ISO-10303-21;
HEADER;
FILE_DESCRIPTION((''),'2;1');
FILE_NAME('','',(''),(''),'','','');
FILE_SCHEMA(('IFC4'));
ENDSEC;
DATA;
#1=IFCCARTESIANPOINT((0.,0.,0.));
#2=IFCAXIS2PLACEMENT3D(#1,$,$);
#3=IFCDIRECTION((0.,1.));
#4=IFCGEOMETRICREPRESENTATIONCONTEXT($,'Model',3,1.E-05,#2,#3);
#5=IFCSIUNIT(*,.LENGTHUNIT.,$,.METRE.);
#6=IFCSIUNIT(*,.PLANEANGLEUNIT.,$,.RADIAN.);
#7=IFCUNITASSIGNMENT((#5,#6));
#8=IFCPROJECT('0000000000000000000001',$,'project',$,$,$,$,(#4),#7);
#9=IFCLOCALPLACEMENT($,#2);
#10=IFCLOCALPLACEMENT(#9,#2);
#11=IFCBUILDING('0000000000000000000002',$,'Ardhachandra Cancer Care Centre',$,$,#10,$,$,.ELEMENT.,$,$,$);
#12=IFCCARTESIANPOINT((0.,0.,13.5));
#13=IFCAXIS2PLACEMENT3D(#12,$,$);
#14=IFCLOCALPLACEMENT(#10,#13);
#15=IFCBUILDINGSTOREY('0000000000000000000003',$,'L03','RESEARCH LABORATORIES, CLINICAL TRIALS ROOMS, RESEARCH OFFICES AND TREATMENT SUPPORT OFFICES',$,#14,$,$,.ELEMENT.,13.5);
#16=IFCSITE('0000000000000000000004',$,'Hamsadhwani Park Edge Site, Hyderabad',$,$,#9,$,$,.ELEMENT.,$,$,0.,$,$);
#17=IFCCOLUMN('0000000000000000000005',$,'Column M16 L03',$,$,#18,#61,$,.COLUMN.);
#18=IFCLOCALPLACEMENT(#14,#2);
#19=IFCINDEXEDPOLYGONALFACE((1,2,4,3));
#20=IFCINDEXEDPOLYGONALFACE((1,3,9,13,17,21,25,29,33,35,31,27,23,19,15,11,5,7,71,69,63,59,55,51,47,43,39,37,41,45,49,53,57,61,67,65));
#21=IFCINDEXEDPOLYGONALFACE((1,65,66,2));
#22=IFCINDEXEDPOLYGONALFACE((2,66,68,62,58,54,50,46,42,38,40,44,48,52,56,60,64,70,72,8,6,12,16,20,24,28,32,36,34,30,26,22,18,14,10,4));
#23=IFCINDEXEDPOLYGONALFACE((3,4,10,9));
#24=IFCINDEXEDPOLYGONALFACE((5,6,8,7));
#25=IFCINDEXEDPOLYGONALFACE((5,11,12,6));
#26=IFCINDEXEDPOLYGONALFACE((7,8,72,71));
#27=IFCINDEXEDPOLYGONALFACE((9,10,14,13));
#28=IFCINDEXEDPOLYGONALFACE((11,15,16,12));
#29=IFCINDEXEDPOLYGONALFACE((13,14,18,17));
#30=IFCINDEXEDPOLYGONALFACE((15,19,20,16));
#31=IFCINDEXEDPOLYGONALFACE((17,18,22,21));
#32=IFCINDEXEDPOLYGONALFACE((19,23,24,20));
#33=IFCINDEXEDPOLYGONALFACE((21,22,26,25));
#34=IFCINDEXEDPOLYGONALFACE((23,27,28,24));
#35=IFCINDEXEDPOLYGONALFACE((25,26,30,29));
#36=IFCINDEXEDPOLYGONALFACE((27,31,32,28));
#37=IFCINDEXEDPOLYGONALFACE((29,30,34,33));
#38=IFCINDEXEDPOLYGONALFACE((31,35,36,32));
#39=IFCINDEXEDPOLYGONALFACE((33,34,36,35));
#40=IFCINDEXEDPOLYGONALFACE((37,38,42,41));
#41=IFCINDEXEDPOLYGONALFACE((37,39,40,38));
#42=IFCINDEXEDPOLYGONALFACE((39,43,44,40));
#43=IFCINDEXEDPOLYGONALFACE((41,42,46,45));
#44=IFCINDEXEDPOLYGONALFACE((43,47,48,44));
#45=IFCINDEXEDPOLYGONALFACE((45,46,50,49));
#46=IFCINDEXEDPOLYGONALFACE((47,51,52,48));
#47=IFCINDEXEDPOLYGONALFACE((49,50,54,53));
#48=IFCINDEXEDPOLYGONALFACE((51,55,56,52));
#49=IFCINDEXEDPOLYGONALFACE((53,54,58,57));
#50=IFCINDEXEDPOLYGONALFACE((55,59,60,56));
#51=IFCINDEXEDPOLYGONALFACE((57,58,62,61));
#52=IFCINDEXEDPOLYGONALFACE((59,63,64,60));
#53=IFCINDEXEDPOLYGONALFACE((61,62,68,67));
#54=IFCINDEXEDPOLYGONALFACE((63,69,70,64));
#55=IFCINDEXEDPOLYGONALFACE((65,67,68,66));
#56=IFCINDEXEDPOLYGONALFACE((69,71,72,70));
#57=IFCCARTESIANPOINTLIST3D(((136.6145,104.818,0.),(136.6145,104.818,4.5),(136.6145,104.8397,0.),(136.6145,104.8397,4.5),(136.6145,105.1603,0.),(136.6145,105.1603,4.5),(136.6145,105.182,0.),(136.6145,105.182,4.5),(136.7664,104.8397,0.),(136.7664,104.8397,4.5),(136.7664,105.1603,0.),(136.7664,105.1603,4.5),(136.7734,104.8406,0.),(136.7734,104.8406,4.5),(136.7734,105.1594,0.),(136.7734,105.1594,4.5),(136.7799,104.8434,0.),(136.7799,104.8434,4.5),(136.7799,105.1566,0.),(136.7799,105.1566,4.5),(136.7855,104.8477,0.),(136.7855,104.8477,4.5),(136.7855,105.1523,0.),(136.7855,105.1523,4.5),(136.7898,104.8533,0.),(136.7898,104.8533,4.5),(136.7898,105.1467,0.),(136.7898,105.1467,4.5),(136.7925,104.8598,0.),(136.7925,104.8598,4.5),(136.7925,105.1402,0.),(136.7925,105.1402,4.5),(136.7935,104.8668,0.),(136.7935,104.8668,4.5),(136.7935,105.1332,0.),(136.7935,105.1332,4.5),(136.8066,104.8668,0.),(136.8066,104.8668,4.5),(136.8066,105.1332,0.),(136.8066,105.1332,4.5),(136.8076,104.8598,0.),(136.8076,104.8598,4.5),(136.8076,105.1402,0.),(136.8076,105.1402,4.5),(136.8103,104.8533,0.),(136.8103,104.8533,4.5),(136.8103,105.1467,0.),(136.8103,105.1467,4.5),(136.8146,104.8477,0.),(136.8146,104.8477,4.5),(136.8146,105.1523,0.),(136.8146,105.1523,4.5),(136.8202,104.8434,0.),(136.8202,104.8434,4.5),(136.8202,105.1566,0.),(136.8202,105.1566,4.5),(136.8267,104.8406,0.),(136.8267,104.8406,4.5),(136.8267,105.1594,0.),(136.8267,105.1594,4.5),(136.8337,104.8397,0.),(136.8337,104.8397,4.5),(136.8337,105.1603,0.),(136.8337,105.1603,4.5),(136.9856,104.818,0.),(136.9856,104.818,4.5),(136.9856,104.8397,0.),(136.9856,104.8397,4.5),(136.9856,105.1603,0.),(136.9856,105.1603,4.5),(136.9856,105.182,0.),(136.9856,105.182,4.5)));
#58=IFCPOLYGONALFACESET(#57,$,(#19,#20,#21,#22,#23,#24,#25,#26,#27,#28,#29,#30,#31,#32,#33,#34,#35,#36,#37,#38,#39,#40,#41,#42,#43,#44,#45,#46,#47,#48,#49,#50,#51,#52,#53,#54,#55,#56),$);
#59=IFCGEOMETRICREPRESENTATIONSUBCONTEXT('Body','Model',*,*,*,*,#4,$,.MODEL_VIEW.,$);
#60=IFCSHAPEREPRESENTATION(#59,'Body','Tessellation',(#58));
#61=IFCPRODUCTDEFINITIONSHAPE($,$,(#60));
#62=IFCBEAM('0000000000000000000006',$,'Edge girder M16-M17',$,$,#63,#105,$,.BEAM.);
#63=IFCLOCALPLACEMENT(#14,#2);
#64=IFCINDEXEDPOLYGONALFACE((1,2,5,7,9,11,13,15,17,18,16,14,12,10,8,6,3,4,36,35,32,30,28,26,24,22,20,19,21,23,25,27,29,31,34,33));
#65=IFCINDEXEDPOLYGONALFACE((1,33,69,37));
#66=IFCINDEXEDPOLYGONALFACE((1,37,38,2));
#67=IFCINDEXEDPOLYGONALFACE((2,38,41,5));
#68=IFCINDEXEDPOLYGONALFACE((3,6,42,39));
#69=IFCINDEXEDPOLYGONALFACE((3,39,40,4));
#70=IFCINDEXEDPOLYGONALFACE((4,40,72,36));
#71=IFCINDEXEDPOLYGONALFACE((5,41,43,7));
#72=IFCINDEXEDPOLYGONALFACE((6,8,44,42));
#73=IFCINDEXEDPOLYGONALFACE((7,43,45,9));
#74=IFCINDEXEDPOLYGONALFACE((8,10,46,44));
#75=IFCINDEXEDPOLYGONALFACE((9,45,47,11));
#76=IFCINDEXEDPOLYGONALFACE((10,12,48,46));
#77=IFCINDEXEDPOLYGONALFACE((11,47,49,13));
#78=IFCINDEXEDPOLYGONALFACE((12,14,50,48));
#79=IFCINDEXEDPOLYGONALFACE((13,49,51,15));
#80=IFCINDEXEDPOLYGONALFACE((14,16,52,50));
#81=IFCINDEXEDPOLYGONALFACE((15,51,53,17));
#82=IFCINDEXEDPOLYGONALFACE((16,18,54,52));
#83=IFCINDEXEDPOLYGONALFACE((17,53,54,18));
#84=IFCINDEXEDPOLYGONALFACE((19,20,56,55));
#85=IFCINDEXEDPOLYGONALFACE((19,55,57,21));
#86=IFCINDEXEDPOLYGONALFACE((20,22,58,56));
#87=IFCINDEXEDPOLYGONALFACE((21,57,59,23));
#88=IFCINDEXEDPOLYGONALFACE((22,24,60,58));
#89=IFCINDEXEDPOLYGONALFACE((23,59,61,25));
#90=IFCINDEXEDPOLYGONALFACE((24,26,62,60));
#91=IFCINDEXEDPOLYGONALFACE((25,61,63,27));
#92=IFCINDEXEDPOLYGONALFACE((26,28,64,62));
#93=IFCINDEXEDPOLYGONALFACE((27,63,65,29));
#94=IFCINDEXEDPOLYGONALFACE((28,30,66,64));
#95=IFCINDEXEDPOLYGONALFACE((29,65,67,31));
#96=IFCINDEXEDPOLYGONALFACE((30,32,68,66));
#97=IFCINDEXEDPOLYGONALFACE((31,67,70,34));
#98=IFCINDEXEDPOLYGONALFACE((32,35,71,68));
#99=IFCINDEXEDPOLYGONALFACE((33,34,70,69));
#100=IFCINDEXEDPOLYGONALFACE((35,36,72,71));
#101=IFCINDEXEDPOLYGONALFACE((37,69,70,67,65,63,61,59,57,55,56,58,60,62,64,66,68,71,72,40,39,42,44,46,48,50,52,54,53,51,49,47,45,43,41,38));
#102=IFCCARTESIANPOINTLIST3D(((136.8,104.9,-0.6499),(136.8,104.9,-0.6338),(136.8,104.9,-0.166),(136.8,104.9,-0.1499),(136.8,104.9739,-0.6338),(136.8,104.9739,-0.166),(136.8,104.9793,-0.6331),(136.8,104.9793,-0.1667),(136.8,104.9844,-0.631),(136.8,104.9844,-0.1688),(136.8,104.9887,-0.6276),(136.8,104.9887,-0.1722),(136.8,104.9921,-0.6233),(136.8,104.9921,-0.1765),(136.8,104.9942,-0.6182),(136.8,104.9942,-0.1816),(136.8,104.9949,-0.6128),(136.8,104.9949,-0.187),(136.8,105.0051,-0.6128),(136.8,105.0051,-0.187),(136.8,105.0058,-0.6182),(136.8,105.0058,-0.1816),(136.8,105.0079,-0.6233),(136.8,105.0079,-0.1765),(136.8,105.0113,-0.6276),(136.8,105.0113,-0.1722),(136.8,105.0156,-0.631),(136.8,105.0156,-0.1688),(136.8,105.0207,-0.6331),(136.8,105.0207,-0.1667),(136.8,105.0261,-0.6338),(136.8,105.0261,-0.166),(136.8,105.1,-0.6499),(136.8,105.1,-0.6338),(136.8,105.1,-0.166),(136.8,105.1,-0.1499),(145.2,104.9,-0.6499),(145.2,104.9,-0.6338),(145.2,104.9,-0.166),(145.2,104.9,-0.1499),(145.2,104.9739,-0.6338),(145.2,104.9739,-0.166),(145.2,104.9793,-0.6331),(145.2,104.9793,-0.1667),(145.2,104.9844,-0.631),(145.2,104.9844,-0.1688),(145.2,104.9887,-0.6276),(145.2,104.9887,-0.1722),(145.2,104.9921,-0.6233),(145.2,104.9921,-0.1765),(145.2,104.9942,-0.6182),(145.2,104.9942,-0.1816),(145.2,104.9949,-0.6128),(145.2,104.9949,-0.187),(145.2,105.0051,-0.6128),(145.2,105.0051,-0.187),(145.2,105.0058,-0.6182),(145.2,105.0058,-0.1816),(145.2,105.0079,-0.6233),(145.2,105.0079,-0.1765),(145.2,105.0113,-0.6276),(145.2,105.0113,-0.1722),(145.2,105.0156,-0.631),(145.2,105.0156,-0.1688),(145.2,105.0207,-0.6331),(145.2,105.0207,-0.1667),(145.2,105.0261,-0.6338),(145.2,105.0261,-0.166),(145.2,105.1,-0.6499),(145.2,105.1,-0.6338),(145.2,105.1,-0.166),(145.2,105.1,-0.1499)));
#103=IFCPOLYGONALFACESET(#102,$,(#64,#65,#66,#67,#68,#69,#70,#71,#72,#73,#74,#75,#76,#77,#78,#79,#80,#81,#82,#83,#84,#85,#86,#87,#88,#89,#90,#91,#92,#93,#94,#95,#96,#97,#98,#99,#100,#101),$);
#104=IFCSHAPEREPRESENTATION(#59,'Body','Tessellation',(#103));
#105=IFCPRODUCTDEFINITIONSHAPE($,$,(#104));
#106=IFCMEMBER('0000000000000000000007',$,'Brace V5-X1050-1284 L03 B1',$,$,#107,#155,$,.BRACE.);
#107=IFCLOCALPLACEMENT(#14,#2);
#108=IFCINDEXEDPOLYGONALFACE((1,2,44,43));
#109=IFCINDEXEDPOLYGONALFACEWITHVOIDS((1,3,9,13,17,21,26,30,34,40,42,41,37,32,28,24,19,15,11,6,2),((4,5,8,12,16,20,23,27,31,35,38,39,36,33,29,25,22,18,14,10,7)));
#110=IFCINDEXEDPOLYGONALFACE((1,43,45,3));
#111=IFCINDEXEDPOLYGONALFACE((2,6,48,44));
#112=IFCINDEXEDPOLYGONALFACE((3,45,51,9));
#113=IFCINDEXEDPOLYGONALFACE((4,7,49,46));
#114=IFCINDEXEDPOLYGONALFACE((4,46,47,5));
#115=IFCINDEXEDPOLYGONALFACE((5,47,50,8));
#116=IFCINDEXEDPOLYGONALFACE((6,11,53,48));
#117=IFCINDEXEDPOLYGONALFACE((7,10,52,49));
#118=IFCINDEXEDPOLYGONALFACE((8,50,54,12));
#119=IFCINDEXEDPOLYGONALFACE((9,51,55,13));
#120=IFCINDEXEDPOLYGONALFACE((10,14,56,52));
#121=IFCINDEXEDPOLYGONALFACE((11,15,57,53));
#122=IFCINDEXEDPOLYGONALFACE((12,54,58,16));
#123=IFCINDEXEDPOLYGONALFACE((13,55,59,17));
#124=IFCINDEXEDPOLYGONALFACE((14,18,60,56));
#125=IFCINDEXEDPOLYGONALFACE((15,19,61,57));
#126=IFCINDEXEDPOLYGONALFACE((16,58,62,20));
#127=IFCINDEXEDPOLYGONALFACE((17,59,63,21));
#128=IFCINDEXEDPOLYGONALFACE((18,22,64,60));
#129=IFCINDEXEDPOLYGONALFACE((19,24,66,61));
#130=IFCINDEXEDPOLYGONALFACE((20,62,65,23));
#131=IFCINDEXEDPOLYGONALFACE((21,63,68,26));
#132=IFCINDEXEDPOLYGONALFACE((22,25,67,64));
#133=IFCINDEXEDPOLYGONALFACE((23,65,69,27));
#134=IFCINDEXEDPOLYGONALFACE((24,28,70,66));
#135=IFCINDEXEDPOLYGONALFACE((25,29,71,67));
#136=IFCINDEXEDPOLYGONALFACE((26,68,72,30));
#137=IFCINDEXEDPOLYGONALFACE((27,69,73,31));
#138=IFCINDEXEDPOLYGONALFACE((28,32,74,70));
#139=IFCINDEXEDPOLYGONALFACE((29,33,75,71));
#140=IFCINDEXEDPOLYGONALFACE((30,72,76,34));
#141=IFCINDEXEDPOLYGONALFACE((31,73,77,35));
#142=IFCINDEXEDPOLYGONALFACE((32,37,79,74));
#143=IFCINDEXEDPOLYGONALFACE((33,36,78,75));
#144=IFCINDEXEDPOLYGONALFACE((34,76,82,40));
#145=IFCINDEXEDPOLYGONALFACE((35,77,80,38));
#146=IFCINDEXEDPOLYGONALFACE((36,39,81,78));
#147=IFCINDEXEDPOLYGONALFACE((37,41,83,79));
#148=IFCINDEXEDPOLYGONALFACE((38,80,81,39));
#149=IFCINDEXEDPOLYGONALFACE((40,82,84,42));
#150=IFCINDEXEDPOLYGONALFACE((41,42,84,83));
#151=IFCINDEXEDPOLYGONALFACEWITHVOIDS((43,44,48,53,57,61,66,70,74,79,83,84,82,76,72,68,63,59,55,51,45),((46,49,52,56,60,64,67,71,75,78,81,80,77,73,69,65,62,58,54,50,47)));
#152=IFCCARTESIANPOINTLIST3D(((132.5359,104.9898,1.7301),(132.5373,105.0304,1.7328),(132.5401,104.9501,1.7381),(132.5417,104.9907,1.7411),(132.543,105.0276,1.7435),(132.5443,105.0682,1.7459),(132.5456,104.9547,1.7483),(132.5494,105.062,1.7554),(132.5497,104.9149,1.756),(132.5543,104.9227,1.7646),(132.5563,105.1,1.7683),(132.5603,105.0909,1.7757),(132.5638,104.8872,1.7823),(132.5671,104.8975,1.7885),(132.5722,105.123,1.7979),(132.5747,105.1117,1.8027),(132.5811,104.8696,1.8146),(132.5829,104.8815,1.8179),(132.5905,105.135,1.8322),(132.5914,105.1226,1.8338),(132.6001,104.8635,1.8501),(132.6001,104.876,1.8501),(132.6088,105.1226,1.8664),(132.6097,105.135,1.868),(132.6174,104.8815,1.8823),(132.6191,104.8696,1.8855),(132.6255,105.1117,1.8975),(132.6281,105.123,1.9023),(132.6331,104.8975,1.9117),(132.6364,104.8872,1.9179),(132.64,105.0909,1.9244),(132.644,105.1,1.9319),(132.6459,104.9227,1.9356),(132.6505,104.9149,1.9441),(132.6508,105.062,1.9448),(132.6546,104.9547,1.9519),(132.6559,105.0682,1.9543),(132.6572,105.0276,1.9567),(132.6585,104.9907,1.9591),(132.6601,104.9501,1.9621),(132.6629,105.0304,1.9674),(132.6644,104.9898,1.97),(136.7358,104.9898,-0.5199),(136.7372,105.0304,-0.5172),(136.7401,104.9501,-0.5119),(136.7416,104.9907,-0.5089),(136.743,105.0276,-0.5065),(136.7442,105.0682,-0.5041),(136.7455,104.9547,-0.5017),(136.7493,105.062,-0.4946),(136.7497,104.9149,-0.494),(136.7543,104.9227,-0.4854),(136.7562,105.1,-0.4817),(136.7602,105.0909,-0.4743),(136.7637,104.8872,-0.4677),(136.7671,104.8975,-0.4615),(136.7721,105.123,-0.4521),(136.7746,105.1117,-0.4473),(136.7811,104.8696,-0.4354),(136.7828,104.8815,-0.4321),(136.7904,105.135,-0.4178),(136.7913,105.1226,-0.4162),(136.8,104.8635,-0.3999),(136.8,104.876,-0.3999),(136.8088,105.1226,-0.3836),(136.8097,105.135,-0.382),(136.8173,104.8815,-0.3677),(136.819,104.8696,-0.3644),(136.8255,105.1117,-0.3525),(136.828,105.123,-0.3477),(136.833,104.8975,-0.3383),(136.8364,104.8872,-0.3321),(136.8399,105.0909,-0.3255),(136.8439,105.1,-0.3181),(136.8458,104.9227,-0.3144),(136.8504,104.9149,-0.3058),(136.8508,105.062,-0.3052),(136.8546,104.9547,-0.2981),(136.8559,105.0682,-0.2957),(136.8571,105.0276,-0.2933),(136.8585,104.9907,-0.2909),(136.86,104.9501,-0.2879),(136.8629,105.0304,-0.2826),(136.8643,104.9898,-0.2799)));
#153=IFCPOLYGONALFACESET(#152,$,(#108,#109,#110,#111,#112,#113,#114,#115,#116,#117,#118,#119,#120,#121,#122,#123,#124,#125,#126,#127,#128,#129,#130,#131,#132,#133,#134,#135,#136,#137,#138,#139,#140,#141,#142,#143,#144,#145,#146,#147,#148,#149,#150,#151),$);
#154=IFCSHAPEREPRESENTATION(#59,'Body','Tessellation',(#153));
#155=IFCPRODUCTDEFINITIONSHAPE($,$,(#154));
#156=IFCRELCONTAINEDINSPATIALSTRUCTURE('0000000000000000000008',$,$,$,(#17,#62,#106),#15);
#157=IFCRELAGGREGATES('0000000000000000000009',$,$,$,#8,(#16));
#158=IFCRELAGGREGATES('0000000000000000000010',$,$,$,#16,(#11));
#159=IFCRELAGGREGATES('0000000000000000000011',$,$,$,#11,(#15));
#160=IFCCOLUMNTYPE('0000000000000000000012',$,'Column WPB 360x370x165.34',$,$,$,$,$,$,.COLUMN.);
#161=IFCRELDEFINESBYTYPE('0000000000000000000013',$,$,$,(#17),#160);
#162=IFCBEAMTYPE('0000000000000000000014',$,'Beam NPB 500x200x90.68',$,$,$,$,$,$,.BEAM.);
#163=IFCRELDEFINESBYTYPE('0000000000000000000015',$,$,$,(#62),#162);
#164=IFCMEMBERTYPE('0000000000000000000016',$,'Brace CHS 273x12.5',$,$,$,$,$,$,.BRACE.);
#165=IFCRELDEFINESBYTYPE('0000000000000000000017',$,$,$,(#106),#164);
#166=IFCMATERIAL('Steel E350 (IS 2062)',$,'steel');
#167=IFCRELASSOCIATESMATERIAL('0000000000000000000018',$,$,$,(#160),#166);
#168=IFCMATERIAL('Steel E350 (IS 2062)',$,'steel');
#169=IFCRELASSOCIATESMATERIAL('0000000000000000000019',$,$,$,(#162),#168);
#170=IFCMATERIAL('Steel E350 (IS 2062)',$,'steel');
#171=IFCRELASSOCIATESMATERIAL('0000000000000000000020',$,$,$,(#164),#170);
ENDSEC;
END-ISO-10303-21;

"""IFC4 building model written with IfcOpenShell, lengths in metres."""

from ifc_helpers import new_model, si_unit, direction, frame, origin, origin_2d, place, context, subcontext, project, spatial, hollow_circle, i_section, extrude, material, material_profile, profile_set, type_object, element, save


model = new_model("IFC4")

# Units and contexts
model_context = context("Model", 3, precision=1e-05, world=origin(), true_north=direction((0.0, 1.0)))
body_context = subcontext(model_context, "Body", "Model", "MODEL_VIEW")
ifc_project = project(units=[si_unit("LENGTHUNIT", "METRE"), si_unit("PLANEANGLEUNIT", "RADIAN")], contexts=[model_context])

# Site, building, storey
site_placement = place(None, origin())
site = spatial("IfcSite", under=ifc_project, at=site_placement, Name="Hamsadhwani Park Edge Site, Hyderabad", CompositionType="ELEMENT", RefElevation=0.0)
building_placement = place(site_placement, origin())
building = spatial("IfcBuilding", under=site, at=building_placement, Name="Ardhachandra Cancer Care Centre", CompositionType="ELEMENT")
storey_placement = place(building_placement, frame((0.0, 0.0, 13.5)))
storey = spatial("IfcBuildingStorey", under=building, at=storey_placement, Name="L03", Description="RESEARCH LABORATORIES, CLINICAL TRIALS ROOMS, RESEARCH OFFICES AND TREATMENT SUPPORT OFFICES", CompositionType="ELEMENT", Elevation=13.5)

# Column
ifc_material_1 = material(Name="Steel E350 (IS 2062)", Category="steel")
ifc_material_profile_1 = material_profile(ifc_material_1, i_section(OverallWidth=0.3711, OverallDepth=0.364, WebThickness=0.0132, FlangeThickness=0.0217, FilletRadius=0.0271, at=origin_2d()), Name="WPB 360x370x165.34")
ifc_profile_set_1 = profile_set([ifc_material_profile_1], Name="Steel E350 (IS 2062)")
column_type = type_object("IfcColumnType", Name="Column WPB 360x370x165.34", PredefinedType="COLUMN", material=ifc_profile_set_1)
column_placement = place(storey_placement, frame((136.8, 105.0, 0.0), z_axis=(0.0, 0.0, 1.0), x_axis=(1.0, 0.0, 0.0)))
element("IfcColumn", 1, at=column_placement, inside=storey, type_object=column_type, Name="Column M16 L03", PredefinedType="COLUMN", context=body_context, shape_type="SweptSolid", body=[
    extrude(i_section(OverallWidth=0.3711, OverallDepth=0.364, WebThickness=0.0132, FlangeThickness=0.0217, FilletRadius=0.0271, at=origin_2d()), origin(), (0.0, 0.0, 1.0), 4.5),
])

# Beam
ifc_material_2 = material(Name="Steel E350 (IS 2062)", Category="steel")
ifc_material_profile_2 = material_profile(ifc_material_2, i_section(OverallWidth=0.2, OverallDepth=0.5, WebThickness=0.0103, FlangeThickness=0.0161, FilletRadius=0.021, at=origin_2d()), Name="NPB 500x200x90.68")
ifc_profile_set_2 = profile_set([ifc_material_profile_2], Name="Steel E350 (IS 2062)")
beam_type = type_object("IfcBeamType", Name="Beam NPB 500x200x90.68", PredefinedType="BEAM", material=ifc_profile_set_2)
beam_placement = place(storey_placement, frame((136.8, 105.0, -0.3999), z_axis=(1.0, 0.0, 0.0), x_axis=(0.0, 1.0, 0.0)))
element("IfcBeam", 2, at=beam_placement, inside=storey, type_object=beam_type, Name="Edge girder M16-M17", PredefinedType="BEAM", context=body_context, shape_type="SweptSolid", body=[
    extrude(i_section(OverallWidth=0.2, OverallDepth=0.5, WebThickness=0.0103, FlangeThickness=0.0161, FilletRadius=0.021, at=origin_2d()), origin(), (0.0, 0.0, 1.0), 8.3999),
])

# Member
ifc_material_3 = material(Name="Steel E350 (IS 2062)", Category="steel")
ifc_material_profile_3 = material_profile(ifc_material_3, hollow_circle(Radius=0.1365, WallThickness=0.0125, at=origin_2d()), Name="CHS 273x12.5")
ifc_profile_set_3 = profile_set([ifc_material_profile_3], Name="Steel E350 (IS 2062)")
member_type_1 = type_object("IfcMemberType", Name="Brace CHS 273x12.5", PredefinedType="BRACE", material=ifc_profile_set_3)
member_1_placement = place(storey_placement, frame((136.8, 105.0, -0.3999), z_axis=(-0.881478, 0.0, 0.472226), x_axis=(0.0, -1.0, 0.0)))
element("IfcMember", 3, at=member_1_placement, inside=storey, type_object=member_type_1, Name="Brace V5-X1050-1284 L03 B1", PredefinedType="BRACE", context=body_context, shape_type="SweptSolid", body=[
    extrude(hollow_circle(Radius=0.1365, WallThickness=0.0125, at=origin_2d()), origin(), (0.0, 0.0, 1.0), 4.7646),
])

save(model, "model.ifc")
